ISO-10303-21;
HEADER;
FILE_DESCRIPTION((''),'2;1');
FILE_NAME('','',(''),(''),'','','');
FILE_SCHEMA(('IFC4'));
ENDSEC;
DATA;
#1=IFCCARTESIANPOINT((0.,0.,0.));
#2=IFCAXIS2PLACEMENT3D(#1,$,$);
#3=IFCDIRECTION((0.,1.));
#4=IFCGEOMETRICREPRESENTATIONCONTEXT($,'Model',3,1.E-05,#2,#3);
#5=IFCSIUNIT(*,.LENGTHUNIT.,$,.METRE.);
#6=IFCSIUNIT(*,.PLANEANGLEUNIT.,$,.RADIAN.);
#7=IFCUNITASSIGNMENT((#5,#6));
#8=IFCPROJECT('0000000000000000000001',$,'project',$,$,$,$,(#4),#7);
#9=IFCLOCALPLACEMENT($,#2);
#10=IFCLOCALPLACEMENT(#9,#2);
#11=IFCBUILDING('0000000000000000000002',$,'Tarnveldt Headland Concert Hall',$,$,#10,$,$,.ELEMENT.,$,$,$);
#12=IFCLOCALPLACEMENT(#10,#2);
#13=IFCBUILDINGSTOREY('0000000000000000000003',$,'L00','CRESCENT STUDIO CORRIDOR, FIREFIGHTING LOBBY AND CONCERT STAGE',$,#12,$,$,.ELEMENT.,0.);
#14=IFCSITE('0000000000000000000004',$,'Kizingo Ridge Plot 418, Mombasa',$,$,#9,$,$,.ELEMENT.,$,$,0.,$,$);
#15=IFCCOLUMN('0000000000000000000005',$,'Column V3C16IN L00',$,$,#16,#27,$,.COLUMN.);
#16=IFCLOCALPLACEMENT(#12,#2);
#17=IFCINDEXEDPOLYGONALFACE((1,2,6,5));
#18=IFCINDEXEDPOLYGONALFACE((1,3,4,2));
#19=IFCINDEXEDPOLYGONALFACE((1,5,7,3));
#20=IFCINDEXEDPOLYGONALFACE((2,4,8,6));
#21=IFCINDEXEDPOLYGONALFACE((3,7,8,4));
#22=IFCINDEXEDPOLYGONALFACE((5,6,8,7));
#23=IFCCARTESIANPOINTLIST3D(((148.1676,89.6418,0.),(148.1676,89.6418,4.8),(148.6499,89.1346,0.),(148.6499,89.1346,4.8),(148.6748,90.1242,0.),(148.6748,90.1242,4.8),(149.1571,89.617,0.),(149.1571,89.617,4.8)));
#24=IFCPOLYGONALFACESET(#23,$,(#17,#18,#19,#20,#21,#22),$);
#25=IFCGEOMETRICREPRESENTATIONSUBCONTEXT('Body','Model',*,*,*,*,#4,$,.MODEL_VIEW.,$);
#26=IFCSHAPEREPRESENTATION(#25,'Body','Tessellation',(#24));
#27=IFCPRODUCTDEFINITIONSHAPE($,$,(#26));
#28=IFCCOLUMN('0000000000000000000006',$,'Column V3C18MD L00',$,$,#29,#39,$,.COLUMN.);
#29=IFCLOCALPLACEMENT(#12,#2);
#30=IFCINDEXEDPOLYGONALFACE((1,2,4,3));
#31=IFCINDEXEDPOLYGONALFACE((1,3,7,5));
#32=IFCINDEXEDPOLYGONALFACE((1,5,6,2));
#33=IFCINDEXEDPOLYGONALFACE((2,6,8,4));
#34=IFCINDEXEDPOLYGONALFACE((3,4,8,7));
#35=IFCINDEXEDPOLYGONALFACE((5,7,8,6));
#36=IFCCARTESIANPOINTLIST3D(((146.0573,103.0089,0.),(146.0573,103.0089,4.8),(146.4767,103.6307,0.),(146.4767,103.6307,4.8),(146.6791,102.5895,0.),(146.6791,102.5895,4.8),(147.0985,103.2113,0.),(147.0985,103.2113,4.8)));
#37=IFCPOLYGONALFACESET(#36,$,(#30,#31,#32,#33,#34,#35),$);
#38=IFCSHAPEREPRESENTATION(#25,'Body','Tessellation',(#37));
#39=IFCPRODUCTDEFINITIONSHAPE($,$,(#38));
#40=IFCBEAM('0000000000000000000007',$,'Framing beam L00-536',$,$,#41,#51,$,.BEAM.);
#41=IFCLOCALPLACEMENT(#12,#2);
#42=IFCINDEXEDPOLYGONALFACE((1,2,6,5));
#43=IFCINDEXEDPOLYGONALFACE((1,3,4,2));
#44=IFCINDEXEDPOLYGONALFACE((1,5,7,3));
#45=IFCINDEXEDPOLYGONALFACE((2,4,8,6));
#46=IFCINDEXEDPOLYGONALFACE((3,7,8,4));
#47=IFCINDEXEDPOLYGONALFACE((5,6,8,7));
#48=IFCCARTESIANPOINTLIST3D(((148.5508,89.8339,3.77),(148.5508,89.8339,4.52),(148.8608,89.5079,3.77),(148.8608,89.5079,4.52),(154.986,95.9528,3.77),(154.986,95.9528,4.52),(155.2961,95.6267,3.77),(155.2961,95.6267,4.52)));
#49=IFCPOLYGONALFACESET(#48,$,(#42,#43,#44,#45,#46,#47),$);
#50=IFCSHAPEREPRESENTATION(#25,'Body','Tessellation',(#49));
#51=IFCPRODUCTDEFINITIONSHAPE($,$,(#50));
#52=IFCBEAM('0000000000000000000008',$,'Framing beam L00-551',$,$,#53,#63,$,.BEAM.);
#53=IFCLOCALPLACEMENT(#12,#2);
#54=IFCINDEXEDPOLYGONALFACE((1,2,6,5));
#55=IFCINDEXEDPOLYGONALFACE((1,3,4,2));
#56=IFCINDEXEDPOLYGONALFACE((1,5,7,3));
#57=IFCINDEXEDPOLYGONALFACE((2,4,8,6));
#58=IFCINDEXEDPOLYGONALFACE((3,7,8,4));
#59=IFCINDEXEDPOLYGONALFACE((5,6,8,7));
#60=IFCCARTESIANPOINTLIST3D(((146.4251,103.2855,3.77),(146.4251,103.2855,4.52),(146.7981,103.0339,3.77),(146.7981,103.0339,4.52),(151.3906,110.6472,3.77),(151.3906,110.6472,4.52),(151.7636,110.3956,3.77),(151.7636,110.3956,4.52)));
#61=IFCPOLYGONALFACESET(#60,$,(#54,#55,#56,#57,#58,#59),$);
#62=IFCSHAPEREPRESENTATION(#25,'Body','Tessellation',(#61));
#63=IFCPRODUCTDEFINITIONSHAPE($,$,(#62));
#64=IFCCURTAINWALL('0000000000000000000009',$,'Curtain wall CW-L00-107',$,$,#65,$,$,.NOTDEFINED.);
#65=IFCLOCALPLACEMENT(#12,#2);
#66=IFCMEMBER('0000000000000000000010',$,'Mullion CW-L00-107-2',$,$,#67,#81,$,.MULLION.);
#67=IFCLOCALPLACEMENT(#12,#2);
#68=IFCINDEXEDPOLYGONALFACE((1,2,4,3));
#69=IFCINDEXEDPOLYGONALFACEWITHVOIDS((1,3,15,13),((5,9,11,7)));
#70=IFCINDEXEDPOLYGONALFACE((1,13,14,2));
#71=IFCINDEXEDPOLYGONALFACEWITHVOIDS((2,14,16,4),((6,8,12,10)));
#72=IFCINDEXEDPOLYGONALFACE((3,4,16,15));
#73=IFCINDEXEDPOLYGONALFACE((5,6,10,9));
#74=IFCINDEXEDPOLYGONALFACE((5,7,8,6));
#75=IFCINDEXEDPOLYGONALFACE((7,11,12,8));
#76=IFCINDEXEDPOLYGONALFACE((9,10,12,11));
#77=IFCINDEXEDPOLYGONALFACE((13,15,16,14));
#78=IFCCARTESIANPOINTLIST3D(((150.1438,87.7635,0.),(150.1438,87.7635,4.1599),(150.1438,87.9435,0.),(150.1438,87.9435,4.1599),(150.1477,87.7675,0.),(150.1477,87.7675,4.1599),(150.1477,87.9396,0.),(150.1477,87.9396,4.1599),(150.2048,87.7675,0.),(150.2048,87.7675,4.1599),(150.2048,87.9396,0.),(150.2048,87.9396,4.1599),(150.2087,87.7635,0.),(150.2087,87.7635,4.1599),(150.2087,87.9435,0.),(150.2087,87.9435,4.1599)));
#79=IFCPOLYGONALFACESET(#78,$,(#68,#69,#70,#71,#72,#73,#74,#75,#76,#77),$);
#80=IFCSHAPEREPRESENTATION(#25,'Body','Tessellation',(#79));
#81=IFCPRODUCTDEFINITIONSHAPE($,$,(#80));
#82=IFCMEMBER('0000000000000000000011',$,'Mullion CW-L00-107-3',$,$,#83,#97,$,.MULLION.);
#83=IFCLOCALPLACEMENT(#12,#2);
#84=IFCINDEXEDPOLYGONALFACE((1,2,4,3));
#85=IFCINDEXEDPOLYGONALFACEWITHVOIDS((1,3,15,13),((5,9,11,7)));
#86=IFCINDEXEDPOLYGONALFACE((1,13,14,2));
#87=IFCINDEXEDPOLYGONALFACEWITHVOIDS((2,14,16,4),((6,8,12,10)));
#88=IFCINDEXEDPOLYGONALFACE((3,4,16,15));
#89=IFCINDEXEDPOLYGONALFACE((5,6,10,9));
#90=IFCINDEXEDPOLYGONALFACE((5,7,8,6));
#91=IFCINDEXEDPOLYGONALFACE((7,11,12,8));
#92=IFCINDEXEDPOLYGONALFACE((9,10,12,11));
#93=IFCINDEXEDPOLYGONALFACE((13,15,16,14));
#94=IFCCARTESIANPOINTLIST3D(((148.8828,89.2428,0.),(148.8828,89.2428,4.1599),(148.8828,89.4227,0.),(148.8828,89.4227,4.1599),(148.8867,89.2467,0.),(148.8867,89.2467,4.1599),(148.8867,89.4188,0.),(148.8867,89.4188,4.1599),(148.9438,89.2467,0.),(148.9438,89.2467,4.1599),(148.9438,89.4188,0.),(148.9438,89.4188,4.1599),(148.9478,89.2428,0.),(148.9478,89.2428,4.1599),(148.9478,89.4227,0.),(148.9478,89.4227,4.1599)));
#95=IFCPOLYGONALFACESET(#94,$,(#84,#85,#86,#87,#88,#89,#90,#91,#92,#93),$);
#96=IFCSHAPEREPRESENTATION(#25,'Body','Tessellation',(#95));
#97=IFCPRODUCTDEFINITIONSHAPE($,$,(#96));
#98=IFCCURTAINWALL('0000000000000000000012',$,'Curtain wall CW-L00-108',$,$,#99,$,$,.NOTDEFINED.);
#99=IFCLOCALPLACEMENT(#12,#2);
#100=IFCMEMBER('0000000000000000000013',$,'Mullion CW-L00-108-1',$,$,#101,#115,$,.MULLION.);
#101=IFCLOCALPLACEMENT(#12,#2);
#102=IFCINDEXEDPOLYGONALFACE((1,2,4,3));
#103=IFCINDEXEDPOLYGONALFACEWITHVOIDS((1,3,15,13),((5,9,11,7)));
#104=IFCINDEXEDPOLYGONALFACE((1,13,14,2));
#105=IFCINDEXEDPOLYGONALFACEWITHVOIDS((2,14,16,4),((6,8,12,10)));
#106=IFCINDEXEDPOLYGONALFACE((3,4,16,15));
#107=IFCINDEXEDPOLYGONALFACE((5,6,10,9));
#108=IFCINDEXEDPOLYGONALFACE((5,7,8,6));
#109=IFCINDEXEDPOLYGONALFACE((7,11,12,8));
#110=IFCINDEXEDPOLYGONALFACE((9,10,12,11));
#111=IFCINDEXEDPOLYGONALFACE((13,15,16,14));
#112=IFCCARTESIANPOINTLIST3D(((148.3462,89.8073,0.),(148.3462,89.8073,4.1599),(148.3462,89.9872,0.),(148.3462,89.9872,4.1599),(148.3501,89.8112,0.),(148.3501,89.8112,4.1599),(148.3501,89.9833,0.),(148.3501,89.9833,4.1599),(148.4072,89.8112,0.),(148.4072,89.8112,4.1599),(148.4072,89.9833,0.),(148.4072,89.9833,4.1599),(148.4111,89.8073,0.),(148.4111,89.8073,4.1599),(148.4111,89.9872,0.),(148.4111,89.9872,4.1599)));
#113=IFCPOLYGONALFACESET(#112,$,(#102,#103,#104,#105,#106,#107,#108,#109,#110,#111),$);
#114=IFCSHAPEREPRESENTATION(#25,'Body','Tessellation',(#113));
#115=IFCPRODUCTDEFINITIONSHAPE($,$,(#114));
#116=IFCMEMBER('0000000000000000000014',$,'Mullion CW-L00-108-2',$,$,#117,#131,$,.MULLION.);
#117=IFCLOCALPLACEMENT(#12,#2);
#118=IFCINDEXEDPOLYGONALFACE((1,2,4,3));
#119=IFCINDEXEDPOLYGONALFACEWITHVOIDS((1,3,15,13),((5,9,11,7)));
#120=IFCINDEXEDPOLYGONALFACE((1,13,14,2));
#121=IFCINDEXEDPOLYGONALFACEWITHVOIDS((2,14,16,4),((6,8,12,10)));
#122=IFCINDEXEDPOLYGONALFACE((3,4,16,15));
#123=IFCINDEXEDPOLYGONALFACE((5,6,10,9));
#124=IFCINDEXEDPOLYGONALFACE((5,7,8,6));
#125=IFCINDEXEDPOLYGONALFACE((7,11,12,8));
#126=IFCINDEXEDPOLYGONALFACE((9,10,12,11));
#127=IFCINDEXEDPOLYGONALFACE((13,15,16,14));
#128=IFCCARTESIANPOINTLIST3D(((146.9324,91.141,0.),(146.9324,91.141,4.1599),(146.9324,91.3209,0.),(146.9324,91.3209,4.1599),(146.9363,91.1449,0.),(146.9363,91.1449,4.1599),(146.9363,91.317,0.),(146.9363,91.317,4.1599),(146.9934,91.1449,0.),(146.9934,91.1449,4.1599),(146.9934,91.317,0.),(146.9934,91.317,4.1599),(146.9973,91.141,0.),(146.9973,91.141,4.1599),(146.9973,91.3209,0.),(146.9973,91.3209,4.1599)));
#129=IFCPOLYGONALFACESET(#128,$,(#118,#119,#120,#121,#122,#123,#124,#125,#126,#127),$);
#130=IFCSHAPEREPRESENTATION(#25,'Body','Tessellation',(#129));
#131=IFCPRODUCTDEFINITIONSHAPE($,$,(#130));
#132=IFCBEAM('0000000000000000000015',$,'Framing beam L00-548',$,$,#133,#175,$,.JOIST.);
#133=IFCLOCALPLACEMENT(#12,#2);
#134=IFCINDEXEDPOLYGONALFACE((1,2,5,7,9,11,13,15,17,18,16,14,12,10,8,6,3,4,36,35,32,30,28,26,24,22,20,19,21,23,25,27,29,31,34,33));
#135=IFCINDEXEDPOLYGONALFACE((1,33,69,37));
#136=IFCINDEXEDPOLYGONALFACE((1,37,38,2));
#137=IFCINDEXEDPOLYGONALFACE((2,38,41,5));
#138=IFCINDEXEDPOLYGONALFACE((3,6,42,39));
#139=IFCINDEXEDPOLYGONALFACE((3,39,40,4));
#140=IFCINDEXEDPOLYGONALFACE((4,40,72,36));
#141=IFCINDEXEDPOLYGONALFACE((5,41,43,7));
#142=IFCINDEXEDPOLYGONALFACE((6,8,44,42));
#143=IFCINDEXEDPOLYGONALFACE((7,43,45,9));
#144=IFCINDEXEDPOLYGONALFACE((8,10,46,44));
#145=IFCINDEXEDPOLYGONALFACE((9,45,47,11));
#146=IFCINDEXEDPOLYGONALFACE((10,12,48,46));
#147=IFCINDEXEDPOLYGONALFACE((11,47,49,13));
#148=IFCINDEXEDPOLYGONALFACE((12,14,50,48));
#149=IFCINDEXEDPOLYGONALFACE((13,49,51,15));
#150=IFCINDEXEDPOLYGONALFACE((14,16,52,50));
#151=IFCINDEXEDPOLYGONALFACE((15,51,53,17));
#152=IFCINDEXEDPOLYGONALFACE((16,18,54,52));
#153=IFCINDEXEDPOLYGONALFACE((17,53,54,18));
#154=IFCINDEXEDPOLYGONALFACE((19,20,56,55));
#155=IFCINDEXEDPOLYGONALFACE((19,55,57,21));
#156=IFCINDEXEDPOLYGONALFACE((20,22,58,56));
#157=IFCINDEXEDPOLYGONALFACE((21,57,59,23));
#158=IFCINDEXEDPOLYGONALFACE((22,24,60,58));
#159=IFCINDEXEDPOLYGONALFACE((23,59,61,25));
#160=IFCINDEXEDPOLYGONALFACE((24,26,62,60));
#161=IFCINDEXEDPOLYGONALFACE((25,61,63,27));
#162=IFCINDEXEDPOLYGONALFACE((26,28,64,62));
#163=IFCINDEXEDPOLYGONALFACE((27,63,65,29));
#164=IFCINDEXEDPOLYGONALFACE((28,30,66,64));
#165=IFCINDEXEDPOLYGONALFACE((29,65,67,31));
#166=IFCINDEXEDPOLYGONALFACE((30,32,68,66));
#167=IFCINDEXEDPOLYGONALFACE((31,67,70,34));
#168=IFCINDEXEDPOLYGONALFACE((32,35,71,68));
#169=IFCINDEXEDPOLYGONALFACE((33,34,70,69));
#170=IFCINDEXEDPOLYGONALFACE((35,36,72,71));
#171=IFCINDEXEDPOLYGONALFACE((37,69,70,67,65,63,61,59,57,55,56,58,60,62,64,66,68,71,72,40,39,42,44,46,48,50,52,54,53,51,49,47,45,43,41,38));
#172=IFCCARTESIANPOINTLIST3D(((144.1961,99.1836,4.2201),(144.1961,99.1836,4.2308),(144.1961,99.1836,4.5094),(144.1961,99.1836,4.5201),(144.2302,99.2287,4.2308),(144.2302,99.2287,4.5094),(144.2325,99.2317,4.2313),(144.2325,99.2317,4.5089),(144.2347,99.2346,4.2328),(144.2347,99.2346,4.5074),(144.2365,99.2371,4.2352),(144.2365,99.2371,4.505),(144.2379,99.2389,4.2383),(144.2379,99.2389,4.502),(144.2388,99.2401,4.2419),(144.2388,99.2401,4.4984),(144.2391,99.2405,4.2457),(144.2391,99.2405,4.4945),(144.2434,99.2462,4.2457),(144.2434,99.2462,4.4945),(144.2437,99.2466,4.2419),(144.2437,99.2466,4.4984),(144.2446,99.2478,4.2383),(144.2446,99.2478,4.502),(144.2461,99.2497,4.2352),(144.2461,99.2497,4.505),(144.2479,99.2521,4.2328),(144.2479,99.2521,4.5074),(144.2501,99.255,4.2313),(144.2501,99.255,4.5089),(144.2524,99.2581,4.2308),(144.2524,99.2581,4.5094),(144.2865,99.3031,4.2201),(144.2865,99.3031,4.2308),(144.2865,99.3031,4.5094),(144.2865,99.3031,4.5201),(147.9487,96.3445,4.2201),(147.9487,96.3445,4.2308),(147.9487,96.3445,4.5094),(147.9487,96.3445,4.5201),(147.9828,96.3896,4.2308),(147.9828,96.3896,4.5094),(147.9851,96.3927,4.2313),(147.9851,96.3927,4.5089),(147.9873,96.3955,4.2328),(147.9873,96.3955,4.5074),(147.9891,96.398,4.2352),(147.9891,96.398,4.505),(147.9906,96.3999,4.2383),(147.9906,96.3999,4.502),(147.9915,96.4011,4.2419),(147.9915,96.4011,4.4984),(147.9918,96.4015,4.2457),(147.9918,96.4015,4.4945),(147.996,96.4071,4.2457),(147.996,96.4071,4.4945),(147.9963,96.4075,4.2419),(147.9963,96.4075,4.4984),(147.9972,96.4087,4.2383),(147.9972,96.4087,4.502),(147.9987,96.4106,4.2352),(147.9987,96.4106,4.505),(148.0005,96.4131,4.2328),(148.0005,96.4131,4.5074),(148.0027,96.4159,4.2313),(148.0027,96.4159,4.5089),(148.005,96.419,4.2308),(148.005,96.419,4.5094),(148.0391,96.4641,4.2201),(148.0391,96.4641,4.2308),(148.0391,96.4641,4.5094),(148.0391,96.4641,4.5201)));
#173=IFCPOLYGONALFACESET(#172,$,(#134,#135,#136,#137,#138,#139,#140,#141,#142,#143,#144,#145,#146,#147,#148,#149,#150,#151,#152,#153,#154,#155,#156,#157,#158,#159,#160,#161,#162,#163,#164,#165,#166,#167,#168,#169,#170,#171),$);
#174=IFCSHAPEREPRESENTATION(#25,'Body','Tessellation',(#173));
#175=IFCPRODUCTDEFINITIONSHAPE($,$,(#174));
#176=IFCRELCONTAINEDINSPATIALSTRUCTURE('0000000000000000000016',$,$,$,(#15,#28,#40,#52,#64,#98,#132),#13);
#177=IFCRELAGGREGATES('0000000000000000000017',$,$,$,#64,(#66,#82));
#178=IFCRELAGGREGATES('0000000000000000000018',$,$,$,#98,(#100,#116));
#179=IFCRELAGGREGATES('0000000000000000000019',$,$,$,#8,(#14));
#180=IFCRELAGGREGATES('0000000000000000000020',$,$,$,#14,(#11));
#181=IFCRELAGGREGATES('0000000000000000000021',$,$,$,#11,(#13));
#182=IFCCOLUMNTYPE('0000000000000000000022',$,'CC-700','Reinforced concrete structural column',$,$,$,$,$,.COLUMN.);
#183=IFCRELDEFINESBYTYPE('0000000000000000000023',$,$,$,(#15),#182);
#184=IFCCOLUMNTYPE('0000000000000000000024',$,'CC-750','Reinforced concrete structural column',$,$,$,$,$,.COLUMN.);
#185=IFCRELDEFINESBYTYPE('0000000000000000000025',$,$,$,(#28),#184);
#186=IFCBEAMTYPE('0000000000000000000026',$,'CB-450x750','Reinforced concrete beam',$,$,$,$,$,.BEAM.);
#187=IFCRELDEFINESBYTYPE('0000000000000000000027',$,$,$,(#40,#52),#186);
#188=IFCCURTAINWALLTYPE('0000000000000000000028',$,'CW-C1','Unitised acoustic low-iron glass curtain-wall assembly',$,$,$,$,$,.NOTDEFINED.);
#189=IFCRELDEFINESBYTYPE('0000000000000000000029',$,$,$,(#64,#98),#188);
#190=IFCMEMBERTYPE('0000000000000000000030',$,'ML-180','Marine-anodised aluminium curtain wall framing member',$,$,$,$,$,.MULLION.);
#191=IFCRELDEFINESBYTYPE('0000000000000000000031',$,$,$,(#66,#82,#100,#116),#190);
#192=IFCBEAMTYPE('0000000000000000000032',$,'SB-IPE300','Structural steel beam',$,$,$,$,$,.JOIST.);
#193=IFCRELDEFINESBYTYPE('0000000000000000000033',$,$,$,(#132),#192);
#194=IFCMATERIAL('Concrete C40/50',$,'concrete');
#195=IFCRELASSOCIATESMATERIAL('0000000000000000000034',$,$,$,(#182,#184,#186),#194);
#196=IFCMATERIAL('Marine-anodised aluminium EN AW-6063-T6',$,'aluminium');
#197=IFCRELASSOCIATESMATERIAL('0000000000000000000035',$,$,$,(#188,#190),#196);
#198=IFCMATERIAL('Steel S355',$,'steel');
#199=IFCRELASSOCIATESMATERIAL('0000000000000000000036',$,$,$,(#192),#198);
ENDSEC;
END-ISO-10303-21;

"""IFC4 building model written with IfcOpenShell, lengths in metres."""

from ifc_helpers import new_model, si_unit, direction, frame, origin, origin_2d, place, context, subcontext, project, spatial, rectangle, hollow_rectangle, i_section, extrude, material, material_profile, profile_set, type_object, element, aggregate, save


model = new_model("IFC4")

# Units and contexts
model_context = context("Model", 3, precision=1e-05, world=origin(), true_north=direction((0.0, 1.0)))
body_context = subcontext(model_context, "Body", "Model", "MODEL_VIEW")
ifc_project = project(units=[si_unit("LENGTHUNIT", "METRE"), si_unit("PLANEANGLEUNIT", "RADIAN")], contexts=[model_context])

# Site, building, storey
site_placement = place(None, origin())
site = spatial("IfcSite", under=ifc_project, at=site_placement, Name="Kizingo Ridge Plot 418, Mombasa", CompositionType="ELEMENT", RefElevation=0.0)
building_placement = place(site_placement, origin())
building = spatial("IfcBuilding", under=site, at=building_placement, Name="Tarnveldt Headland Concert Hall", CompositionType="ELEMENT")
storey_placement = place(building_placement, origin())
storey = spatial("IfcBuildingStorey", under=building, at=storey_placement, Name="L00", Description="CRESCENT STUDIO CORRIDOR, FIREFIGHTING LOBBY AND CONCERT STAGE", CompositionType="ELEMENT", Elevation=0.0)

# Columns
ifc_material_1 = material(Name="Concrete C40/50", Category="concrete")
ifc_material_profile_1 = material_profile(ifc_material_1, rectangle(XDim=0.7, YDim=0.7, at=origin_2d()), Name="RC 700x700", Category="concrete")
ifc_profile_set_1 = profile_set([ifc_material_profile_1], Name="Concrete C40/50")
column_type_1 = type_object("IfcColumnType", Name="CC-700", Description="Reinforced concrete structural column", PredefinedType="COLUMN", material=ifc_profile_set_1)
column_1_placement = place(storey_placement, frame((148.6624, 89.6294, 0.0), z_axis=(0.0, 0.0, 1.0), x_axis=(0.724653, 0.689114, 0.0)))
element("IfcColumn", 1, at=column_1_placement, inside=storey, type_object=column_type_1, Name="Column V3C16IN L00", PredefinedType="COLUMN", context=body_context, shape_type="SweptSolid", body=[
    extrude(rectangle(XDim=0.7, YDim=0.7, at=origin_2d()), origin(), (0.0, 0.0, 1.0), 4.8),
])
ifc_material_profile_2 = material_profile(ifc_material_1, rectangle(XDim=0.75, YDim=0.75, at=origin_2d()), Name="RC 750x750", Category="concrete")
ifc_profile_set_2 = profile_set([ifc_material_profile_2], Name="Concrete C40/50")
column_type_2 = type_object("IfcColumnType", Name="CC-750", Description="Reinforced concrete structural column", PredefinedType="COLUMN", material=ifc_profile_set_2)
column_2_placement = place(storey_placement, frame((146.5779, 103.1101, 0.0), z_axis=(0.0, 0.0, 1.0), x_axis=(0.559193, 0.829038, 0.0)))
element("IfcColumn", 2, at=column_2_placement, inside=storey, type_object=column_type_2, Name="Column V3C18MD L00", PredefinedType="COLUMN", context=body_context, shape_type="SweptSolid", body=[
    extrude(rectangle(XDim=0.75, YDim=0.75, at=origin_2d()), origin(), (0.0, 0.0, 1.0), 4.8),
])

# Beams
ifc_material_profile_3 = material_profile(ifc_material_1, rectangle(XDim=0.45, YDim=0.75, at=origin_2d()), Name="RC 450x750", Category="concrete")
ifc_profile_set_3 = profile_set([ifc_material_profile_3], Name="Concrete C40/50")
beam_type_1 = type_object("IfcBeamType", Name="CB-450x750", Description="Reinforced concrete beam", PredefinedType="BEAM", material=ifc_profile_set_3)
for number, where, z_axis, x_axis, name in (
    (3, (148.7058, 89.6709, 4.145), (0.724698, 0.689067, 0.0), (-0.689067, 0.724698, 0.0), "Framing beam L00-536"),
    (4, (146.6116, 103.1597, 4.145), (0.55919, 0.829039, 0.0), (-0.829039, 0.55919, 0.0), "Framing beam L00-551"),
):
    element("IfcBeam", number, at=place(storey_placement, frame(where, z_axis=z_axis, x_axis=x_axis)), inside=storey, type_object=beam_type_1, Name=name, PredefinedType="BEAM", context=body_context, shape_type="SweptSolid", body=[
        extrude(rectangle(XDim=0.45, YDim=0.75, at=origin_2d()), origin(), (0.0, 0.0, 1.0), 8.8799),
    ])

# Curtain walls, members
ifc_material_2 = material(Name="Marine-anodised aluminium EN AW-6063-T6", Category="aluminium")
curtain_wall_type = type_object("IfcCurtainWallType", Name="CW-C1", Description="Unitised acoustic low-iron glass curtain-wall assembly", PredefinedType="NOTDEFINED", material=ifc_material_2)
curtain_wall_1_placement = place(storey_placement, origin())
curtain_wall_1 = element("IfcCurtainWall", 5, at=curtain_wall_1_placement, inside=storey, type_object=curtain_wall_type, Name="Curtain wall CW-L00-107", PredefinedType="NOTDEFINED")
ifc_material_profile_4 = material_profile(ifc_material_2, hollow_rectangle(XDim=0.0649, YDim=0.1799, WallThickness=0.0039, at=origin_2d()), Name="ALU MULLION 65x180x4", Category="aluminium")
ifc_profile_set_4 = profile_set([ifc_material_profile_4], Name="Marine-anodised aluminium EN AW-6063-T6")
member_type_1 = type_object("IfcMemberType", Name="ML-180", Description="Marine-anodised aluminium curtain wall framing member", PredefinedType="MULLION", material=ifc_profile_set_4)
member_1_placement = place(storey_placement, frame((150.1763, 87.8535, 0.0), z_axis=(0.0, 0.0, 1.0), x_axis=(1.0, 0.0, 0.0)))
member_1 = element("IfcMember", 6, at=member_1_placement, type_object=member_type_1, Name="Mullion CW-L00-107-2", PredefinedType="MULLION", context=body_context, shape_type="SweptSolid", body=[
    extrude(hollow_rectangle(XDim=0.0649, YDim=0.1799, WallThickness=0.0039, at=origin_2d()), origin(), (0.0, 0.0, 1.0), 4.1599),
])
member_2_placement = place(storey_placement, frame((148.9153, 89.3328, 0.0), z_axis=(0.0, 0.0, 1.0), x_axis=(1.0, 0.0, 0.0)))
member_2 = element("IfcMember", 7, at=member_2_placement, type_object=member_type_1, Name="Mullion CW-L00-107-3", PredefinedType="MULLION", context=body_context, shape_type="SweptSolid", body=[
    extrude(hollow_rectangle(XDim=0.0649, YDim=0.1799, WallThickness=0.0039, at=origin_2d()), origin(), (0.0, 0.0, 1.0), 4.1599),
])
curtain_wall_2_placement = place(storey_placement, origin())
curtain_wall_2 = element("IfcCurtainWall", 8, at=curtain_wall_2_placement, inside=storey, type_object=curtain_wall_type, Name="Curtain wall CW-L00-108", PredefinedType="NOTDEFINED")
member_3_placement = place(storey_placement, frame((148.3787, 89.8972, 0.0), z_axis=(0.0, 0.0, 1.0), x_axis=(1.0, 0.0, 0.0)))
member_3 = element("IfcMember", 9, at=member_3_placement, type_object=member_type_1, Name="Mullion CW-L00-108-1", PredefinedType="MULLION", context=body_context, shape_type="SweptSolid", body=[
    extrude(hollow_rectangle(XDim=0.0649, YDim=0.1799, WallThickness=0.0039, at=origin_2d()), origin(), (0.0, 0.0, 1.0), 4.1599),
])
member_4_placement = place(storey_placement, frame((146.9648, 91.231, 0.0), z_axis=(0.0, 0.0, 1.0), x_axis=(1.0, 0.0, 0.0)))
member_4 = element("IfcMember", 10, at=member_4_placement, type_object=member_type_1, Name="Mullion CW-L00-108-2", PredefinedType="MULLION", context=body_context, shape_type="SweptSolid", body=[
    extrude(hollow_rectangle(XDim=0.0649, YDim=0.1799, WallThickness=0.0039, at=origin_2d()), origin(), (0.0, 0.0, 1.0), 4.1599),
])

# Beam
ifc_material_3 = material(Name="Steel S355", Category="steel")
ifc_material_profile_5 = material_profile(ifc_material_3, i_section(OverallWidth=0.1499, OverallDepth=0.3, WebThickness=0.0071, FlangeThickness=0.0107, FilletRadius=0.0149, at=origin_2d()), Name="IPE300", Category="steel")
ifc_profile_set_5 = profile_set([ifc_material_profile_5], Name="Steel S355")
beam_type_2 = type_object("IfcBeamType", Name="SB-IPE300", Description="Structural steel beam", PredefinedType="JOIST", material=ifc_profile_set_5)
beam_1_placement = place(storey_placement, frame((147.9939, 96.4043, 4.3701), z_axis=(-0.797484, 0.60334, 0.0), x_axis=(-0.60334, -0.797484, 0.0)))
element("IfcBeam", 11, at=beam_1_placement, inside=storey, type_object=beam_type_2, Name="Framing beam L00-548", PredefinedType="JOIST", context=body_context, shape_type="SweptSolid", body=[
    extrude(i_section(OverallWidth=0.1499, OverallDepth=0.3, WebThickness=0.0071, FlangeThickness=0.0107, FilletRadius=0.0149, at=origin_2d()), origin(), (0.0, 0.0, 1.0), 4.7056),
])

aggregate(curtain_wall_1, [member_1, member_2])
aggregate(curtain_wall_2, [member_3, member_4])

save(model, "model.ifc")
